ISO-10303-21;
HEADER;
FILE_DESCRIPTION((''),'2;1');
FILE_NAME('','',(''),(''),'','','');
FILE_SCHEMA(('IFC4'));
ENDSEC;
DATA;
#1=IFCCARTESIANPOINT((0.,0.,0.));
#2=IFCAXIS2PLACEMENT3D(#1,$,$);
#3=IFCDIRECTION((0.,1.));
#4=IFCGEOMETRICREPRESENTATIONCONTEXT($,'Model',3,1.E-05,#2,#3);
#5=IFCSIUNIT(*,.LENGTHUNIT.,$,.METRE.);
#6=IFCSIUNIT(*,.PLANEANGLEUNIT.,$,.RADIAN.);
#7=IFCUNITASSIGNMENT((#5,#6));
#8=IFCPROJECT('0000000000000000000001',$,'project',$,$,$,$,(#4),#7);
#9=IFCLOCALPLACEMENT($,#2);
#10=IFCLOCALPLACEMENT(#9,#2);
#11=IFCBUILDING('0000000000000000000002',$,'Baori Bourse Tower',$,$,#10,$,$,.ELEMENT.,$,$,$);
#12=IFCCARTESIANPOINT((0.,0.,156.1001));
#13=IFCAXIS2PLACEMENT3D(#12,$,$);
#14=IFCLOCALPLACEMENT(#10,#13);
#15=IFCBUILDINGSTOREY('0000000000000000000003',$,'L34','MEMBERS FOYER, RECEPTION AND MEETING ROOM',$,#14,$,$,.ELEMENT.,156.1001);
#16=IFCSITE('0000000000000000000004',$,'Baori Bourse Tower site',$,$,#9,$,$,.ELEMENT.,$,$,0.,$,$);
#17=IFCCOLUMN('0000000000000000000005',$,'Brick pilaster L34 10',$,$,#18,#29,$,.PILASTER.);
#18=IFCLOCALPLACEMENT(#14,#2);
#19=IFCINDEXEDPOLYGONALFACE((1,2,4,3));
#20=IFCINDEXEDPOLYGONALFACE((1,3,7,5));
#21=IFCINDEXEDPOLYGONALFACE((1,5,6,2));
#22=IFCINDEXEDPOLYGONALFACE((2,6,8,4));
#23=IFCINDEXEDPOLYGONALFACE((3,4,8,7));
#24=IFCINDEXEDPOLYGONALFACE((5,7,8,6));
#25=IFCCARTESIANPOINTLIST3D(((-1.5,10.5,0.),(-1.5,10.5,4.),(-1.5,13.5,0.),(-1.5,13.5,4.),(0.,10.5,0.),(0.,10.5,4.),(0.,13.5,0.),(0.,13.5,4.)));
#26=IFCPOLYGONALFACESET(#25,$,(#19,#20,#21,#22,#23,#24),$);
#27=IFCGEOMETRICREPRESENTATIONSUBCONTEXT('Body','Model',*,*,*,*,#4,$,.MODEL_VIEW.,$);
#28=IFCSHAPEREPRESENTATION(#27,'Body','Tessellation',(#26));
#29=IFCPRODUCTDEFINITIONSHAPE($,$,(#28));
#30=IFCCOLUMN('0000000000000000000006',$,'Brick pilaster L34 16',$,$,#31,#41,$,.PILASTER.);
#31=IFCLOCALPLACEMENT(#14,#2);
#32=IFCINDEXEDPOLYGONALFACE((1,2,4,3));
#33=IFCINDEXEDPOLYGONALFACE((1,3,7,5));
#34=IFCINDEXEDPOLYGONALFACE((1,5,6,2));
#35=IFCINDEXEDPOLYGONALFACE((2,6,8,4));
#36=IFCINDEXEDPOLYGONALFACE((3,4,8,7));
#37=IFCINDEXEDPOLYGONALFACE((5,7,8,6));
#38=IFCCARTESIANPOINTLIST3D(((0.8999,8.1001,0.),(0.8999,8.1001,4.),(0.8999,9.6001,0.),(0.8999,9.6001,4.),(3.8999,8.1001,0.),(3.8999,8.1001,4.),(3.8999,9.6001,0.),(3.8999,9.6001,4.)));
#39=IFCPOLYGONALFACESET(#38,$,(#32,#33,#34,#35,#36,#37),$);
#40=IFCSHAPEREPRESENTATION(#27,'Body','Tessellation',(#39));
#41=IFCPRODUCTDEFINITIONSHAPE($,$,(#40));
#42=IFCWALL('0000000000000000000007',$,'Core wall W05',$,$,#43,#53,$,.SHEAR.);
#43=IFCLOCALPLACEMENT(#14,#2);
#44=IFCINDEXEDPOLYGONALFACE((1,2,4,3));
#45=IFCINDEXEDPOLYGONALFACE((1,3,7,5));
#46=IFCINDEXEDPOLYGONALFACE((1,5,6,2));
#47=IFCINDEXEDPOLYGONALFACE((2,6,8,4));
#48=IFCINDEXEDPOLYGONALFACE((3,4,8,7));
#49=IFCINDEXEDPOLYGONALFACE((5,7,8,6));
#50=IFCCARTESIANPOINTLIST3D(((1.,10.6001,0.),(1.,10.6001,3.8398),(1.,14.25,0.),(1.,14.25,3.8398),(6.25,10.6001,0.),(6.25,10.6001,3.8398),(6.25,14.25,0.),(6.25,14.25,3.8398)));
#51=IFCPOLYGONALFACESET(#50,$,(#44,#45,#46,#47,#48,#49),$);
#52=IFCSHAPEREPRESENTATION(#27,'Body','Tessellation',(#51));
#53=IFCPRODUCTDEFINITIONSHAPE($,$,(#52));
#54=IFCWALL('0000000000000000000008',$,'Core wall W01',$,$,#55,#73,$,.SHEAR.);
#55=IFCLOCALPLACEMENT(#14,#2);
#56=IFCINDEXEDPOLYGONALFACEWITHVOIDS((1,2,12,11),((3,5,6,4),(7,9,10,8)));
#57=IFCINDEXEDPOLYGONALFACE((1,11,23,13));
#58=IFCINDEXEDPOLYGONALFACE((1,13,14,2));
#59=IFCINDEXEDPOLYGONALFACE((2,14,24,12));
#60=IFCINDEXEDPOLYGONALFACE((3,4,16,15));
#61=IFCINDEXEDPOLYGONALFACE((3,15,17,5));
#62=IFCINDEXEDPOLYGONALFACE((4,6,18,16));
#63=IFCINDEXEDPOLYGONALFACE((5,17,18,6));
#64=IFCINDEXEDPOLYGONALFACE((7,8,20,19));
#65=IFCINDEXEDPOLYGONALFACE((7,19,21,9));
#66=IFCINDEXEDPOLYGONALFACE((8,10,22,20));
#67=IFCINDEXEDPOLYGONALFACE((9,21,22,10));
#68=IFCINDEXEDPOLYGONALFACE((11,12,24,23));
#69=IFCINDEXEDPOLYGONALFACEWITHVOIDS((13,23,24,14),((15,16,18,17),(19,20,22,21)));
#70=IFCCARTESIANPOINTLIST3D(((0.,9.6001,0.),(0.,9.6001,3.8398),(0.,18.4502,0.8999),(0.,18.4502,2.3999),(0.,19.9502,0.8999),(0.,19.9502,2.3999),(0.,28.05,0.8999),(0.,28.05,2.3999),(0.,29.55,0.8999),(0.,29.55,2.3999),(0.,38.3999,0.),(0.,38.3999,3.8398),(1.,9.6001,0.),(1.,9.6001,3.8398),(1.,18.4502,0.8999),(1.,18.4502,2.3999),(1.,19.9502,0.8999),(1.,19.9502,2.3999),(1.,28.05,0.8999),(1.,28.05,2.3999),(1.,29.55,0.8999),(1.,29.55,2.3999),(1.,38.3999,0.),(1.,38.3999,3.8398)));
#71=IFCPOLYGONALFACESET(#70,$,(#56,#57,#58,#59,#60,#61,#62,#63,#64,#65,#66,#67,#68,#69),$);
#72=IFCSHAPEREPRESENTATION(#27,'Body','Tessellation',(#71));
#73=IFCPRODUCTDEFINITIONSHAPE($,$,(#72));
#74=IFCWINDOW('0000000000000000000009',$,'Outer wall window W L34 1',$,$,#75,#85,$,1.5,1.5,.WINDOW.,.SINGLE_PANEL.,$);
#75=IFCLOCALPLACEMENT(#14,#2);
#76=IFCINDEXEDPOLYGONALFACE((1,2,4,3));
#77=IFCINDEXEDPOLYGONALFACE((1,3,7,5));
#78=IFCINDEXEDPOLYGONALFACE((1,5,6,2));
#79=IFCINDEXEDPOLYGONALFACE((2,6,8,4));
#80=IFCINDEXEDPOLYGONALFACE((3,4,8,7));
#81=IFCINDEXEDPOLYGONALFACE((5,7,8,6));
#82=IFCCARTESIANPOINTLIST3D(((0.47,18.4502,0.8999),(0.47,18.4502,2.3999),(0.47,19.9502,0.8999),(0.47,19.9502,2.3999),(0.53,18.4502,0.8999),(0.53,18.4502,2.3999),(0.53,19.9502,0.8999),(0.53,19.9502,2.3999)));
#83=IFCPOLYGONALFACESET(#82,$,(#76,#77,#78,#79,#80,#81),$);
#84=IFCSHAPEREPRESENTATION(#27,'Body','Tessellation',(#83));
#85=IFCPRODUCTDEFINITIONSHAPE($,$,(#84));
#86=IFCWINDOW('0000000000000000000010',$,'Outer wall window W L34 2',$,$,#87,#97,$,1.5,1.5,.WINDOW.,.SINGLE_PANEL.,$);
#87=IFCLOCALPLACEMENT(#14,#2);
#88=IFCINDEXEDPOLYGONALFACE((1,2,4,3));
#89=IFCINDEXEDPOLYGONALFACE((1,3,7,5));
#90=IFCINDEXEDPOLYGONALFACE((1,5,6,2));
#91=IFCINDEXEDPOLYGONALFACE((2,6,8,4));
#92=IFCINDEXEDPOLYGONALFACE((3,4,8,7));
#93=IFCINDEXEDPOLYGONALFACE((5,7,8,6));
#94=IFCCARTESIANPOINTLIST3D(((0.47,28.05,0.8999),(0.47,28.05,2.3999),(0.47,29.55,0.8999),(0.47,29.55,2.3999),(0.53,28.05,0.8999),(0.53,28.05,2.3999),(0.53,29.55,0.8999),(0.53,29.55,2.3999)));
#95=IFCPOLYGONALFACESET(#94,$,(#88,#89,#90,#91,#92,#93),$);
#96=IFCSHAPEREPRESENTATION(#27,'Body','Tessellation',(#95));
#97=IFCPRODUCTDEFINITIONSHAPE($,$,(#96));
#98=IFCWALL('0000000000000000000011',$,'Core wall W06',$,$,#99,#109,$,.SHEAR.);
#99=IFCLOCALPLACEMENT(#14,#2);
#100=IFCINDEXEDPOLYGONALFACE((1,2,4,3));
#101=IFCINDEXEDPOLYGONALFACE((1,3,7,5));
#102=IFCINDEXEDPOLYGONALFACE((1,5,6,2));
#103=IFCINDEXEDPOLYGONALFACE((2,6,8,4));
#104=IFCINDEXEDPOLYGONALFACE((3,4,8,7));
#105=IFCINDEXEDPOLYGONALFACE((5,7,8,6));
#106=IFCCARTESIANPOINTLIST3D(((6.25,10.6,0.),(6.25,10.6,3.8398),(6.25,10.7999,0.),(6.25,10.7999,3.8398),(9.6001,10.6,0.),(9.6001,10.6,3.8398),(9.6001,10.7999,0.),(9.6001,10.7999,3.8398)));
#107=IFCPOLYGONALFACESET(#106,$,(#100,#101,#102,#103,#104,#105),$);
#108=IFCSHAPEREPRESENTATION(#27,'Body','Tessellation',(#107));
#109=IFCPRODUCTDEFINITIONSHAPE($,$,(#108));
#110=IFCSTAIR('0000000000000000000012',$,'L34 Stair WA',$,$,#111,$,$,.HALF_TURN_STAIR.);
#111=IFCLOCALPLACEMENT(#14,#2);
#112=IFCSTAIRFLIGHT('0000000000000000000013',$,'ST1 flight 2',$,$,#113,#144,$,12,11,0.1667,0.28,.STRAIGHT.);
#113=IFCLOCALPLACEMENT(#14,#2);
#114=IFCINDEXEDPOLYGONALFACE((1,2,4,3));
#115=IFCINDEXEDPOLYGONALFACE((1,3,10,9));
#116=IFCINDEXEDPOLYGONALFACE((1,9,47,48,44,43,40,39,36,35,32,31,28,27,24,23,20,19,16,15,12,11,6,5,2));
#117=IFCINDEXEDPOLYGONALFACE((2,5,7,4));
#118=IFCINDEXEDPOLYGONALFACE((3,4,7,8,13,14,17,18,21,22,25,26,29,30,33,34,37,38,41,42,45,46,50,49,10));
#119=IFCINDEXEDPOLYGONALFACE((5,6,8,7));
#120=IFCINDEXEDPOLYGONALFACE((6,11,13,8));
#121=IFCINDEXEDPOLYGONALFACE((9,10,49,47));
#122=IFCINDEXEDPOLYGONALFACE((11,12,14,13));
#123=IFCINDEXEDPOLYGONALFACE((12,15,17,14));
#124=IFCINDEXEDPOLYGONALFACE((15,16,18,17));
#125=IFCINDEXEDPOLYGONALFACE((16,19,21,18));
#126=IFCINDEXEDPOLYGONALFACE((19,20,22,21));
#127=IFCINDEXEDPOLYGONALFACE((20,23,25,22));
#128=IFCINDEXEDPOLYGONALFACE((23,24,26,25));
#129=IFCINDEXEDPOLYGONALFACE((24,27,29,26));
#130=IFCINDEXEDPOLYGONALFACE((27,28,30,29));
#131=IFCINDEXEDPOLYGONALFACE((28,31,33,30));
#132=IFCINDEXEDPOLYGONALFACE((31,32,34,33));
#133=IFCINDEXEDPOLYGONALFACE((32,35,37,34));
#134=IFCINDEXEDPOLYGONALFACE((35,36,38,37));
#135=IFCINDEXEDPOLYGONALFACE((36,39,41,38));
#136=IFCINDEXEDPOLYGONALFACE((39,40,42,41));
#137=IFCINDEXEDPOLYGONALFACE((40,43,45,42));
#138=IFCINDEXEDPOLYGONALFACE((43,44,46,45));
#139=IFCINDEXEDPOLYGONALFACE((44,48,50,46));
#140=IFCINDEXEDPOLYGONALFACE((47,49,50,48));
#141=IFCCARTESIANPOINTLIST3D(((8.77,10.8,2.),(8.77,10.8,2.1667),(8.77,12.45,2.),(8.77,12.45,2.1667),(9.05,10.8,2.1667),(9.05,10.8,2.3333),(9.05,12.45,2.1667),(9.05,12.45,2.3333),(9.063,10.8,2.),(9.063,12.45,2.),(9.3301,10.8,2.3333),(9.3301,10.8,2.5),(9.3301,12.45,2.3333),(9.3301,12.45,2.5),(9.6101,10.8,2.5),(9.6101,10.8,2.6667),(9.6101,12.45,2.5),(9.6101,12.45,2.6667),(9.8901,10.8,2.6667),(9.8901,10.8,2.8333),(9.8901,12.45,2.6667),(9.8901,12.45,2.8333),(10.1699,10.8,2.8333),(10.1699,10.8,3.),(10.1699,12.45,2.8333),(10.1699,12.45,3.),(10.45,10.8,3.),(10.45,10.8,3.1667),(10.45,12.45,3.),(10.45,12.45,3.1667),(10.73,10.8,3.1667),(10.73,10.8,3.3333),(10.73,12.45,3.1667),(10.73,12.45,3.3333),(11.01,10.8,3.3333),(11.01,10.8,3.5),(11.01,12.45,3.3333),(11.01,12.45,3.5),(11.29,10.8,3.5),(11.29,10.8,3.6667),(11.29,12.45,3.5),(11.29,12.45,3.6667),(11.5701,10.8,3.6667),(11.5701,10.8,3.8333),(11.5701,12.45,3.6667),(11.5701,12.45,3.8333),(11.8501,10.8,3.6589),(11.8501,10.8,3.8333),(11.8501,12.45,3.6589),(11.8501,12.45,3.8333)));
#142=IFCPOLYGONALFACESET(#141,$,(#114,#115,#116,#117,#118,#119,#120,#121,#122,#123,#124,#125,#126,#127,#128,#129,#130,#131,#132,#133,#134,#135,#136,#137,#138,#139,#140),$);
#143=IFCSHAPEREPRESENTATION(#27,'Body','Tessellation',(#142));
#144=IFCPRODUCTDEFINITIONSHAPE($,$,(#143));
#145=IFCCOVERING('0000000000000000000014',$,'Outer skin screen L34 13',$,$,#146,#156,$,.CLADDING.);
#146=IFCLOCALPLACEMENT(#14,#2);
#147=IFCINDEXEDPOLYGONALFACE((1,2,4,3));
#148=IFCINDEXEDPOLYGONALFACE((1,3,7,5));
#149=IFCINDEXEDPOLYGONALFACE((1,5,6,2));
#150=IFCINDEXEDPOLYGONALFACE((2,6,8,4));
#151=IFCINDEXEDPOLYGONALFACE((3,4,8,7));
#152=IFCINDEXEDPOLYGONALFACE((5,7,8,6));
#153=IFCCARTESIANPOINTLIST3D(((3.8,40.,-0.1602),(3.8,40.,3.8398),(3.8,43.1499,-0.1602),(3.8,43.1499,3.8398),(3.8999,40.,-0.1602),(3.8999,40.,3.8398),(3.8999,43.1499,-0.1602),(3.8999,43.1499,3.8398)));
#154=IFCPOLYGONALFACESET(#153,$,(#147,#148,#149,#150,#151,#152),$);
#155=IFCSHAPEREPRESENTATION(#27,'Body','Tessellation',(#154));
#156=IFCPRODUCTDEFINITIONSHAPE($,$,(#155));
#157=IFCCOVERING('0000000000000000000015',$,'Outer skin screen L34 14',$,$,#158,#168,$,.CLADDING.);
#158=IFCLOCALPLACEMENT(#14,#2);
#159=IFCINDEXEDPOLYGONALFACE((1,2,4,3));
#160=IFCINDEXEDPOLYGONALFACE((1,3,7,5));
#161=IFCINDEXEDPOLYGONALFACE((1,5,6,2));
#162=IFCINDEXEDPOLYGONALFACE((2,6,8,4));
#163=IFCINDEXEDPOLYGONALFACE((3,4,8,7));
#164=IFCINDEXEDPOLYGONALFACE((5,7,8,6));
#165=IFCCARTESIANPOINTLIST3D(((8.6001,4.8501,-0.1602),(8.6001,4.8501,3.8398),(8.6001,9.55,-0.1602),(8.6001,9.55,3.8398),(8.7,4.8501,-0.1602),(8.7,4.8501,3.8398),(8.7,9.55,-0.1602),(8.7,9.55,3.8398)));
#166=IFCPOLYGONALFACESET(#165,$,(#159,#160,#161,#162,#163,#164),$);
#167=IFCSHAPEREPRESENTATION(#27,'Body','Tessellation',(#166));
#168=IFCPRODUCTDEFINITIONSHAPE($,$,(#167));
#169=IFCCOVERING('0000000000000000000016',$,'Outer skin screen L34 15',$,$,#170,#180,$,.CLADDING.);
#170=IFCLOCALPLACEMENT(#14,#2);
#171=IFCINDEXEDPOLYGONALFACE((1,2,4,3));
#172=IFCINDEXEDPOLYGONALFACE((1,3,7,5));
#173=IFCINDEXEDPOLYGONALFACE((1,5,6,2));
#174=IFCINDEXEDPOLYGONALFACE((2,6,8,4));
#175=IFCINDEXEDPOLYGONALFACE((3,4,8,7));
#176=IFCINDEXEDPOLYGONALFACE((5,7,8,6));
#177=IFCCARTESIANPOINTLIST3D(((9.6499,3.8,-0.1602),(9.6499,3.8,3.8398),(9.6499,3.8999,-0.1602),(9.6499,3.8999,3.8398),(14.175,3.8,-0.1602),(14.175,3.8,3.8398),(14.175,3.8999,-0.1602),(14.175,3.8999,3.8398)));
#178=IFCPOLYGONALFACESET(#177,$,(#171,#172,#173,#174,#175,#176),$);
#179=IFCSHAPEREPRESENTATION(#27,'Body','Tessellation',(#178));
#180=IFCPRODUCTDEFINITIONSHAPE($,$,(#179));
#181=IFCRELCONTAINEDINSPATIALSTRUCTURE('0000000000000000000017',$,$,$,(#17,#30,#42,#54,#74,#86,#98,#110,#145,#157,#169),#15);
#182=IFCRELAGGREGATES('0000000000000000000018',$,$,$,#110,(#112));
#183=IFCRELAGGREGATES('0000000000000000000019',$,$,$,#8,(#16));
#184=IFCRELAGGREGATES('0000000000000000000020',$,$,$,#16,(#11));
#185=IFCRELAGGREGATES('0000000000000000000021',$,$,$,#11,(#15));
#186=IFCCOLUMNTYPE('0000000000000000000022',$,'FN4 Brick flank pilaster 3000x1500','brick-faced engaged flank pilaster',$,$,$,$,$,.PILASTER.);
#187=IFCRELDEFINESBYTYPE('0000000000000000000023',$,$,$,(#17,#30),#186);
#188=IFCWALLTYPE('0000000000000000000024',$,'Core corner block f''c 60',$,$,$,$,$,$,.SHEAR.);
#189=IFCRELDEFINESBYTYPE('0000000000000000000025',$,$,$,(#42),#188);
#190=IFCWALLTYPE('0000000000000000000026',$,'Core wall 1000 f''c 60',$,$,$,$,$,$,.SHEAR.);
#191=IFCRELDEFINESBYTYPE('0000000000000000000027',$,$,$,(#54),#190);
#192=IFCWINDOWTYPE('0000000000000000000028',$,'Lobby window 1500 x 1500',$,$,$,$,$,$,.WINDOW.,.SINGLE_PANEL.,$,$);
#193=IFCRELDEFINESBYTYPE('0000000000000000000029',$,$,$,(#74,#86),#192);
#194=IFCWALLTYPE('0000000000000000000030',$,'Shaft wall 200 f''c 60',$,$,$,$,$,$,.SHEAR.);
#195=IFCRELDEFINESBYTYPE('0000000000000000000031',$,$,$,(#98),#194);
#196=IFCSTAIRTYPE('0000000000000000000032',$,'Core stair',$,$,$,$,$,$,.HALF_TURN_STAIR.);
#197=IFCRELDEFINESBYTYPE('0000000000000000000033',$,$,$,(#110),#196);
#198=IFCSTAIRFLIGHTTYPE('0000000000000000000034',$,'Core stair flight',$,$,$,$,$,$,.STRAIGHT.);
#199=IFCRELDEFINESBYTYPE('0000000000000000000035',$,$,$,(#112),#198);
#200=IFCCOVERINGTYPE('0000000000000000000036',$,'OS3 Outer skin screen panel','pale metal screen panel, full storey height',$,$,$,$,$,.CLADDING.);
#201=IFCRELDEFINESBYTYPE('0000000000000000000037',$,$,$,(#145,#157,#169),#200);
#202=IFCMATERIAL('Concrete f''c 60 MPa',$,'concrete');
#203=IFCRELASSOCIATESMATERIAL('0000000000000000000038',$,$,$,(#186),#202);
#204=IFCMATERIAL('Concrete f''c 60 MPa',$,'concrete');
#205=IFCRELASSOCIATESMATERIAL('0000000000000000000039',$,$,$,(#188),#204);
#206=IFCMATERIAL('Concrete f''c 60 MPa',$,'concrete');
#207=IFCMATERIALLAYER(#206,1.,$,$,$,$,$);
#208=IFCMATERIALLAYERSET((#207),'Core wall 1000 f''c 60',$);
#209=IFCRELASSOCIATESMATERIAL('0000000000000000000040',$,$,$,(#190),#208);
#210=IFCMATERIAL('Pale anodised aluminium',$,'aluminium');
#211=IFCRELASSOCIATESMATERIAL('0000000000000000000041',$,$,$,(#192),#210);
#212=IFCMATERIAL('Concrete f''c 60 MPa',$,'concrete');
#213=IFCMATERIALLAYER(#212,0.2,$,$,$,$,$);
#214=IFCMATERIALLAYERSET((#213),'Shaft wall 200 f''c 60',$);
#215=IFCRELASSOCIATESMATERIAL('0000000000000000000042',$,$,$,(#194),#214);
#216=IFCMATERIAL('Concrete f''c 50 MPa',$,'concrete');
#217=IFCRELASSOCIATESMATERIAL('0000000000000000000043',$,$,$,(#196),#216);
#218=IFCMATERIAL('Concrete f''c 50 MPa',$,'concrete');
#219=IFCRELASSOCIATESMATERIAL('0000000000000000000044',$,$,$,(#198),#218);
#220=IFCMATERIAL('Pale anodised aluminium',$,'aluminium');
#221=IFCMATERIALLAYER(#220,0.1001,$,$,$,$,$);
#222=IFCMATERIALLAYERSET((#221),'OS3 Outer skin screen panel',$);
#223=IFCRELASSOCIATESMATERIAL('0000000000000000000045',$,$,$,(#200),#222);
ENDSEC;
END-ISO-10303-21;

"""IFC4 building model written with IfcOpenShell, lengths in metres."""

from ifc_helpers import new_model, si_unit, direction, frame, frame_2d, origin, origin_2d, place, context, subcontext, project, spatial, polyline, rectangle, outline, extrude, material, layer, layer_set, material_profile, profile_set, type_object, element, fill, aggregate, save


model = new_model("IFC4")

# Units and contexts
model_context = context("Model", 3, precision=1e-05, world=origin(), true_north=direction((0.0, 1.0)))
body_context = subcontext(model_context, "Body", "Model", "MODEL_VIEW")
ifc_project = project(units=[si_unit("LENGTHUNIT", "METRE"), si_unit("PLANEANGLEUNIT", "RADIAN")], contexts=[model_context])

# Site, building, storey
site_placement = place(None, origin())
site = spatial("IfcSite", under=ifc_project, at=site_placement, Name="Baori Bourse Tower site", CompositionType="ELEMENT", RefElevation=0.0)
building_placement = place(site_placement, origin())
building = spatial("IfcBuilding", under=site, at=building_placement, Name="Baori Bourse Tower", CompositionType="ELEMENT")
storey_placement = place(building_placement, frame((0.0, 0.0, 156.1001)))
storey = spatial("IfcBuildingStorey", under=building, at=storey_placement, Name="L34", Description="MEMBERS FOYER, RECEPTION AND MEETING ROOM", CompositionType="ELEMENT", Elevation=156.1001)

# Columns
ifc_material_1 = material(Name="Concrete f'c 60 MPa", Category="concrete")
ifc_material_profile = material_profile(ifc_material_1, rectangle(XDim=3.0, YDim=1.5, at=origin_2d()), Name="RC 3000x1500")
ifc_profile_set = profile_set([ifc_material_profile], Name="Concrete f'c 60 MPa")
column_type = type_object("IfcColumnType", Name="FN4 Brick flank pilaster 3000x1500", Description="brick-faced engaged flank pilaster", PredefinedType="PILASTER", material=ifc_profile_set)
for number, where, z_axis, x_axis, name in (
    (1, (-0.75, 12.0, 0.0), (0.0, 0.0, 1.0), (0.0, 1.0, 0.0), "Brick pilaster L34 10"),
    (2, (2.3999, 8.8501, 0.0), (0.0, 0.0, 1.0), (1.0, 0.0, 0.0), "Brick pilaster L34 16"),
):
    element("IfcColumn", number, at=place(storey_placement, frame(where, z_axis=z_axis, x_axis=x_axis)), inside=storey, type_object=column_type, Name=name, PredefinedType="PILASTER", context=body_context, shape_type="SweptSolid", body=[
        extrude(rectangle(XDim=3.0, YDim=1.5, at=origin_2d()), origin(), (0.0, 0.0, 1.0), 4.0),
    ])

# Wall
ifc_material_2 = material(Name="Concrete f'c 60 MPa", Category="concrete")
wall_type_1 = type_object("IfcWallType", Name="Core corner block f'c 60", PredefinedType="SHEAR", material=ifc_material_2)
wall_1_placement = place(storey_placement, frame((1.0, 12.425, 0.0), z_axis=(0.0, 0.0, 1.0), x_axis=(1.0, 0.0, 0.0)))
element("IfcWall", 3, at=wall_1_placement, inside=storey, type_object=wall_type_1, Name="Core wall W05", PredefinedType="SHEAR", context=body_context, shape_type="SweptSolid", body=[
    extrude(rectangle(XDim=5.25, YDim=3.6499, at=frame_2d((2.625, 0.0))), origin(), (0.0, 0.0, 1.0), 3.8398),
])

# Wall, openings, windows
ifc_material_3 = material(Name="Concrete f'c 60 MPa", Category="concrete")
ifc_layer_1 = layer(ifc_material_3, 1.0)
ifc_layer_set_1 = layer_set([ifc_layer_1], Name="Core wall 1000 f'c 60")
wall_type_2 = type_object("IfcWallType", Name="Core wall 1000 f'c 60", PredefinedType="SHEAR", material=ifc_layer_set_1)
wall_2_placement = place(storey_placement, frame((0.5, 9.6001, 0.0), z_axis=(0.0, 0.0, 1.0), x_axis=(0.0, 1.0, 0.0)))
wall_2 = element("IfcWall", 4, at=wall_2_placement, inside=storey, type_object=wall_type_2, Name="Core wall W01", PredefinedType="SHEAR", context=body_context, shape_type="SweptSolid", body=[
    extrude(rectangle(XDim=28.7998, YDim=1.0, at=frame_2d((14.3999, 0.0))), origin(), (0.0, 0.0, 1.0), 3.8398),
])
opening_1_placement = place(wall_2_placement, frame((8.8501, 0.0, 0.8999)))
opening_1 = element("IfcOpeningElement", 5, at=opening_1_placement, cuts=wall_2, PredefinedType="OPENING", context=body_context, shape_type="SweptSolid", body=[
    extrude(rectangle(XDim=1.5, YDim=1.5, at=frame_2d((0.75, 0.75))), frame((0.0, 0.51, 0.0), z_axis=(0.0, -1.0, 0.0), x_axis=(1.0, 0.0, 0.0)), (0.0, 0.0, 1.0), 1.02),
])
opening_2_placement = place(wall_2_placement, frame((18.45, 0.0, 0.8999)))
opening_2 = element("IfcOpeningElement", 6, at=opening_2_placement, cuts=wall_2, PredefinedType="OPENING", context=body_context, shape_type="SweptSolid", body=[
    extrude(rectangle(XDim=1.5, YDim=1.5, at=frame_2d((0.75, 0.75))), frame((0.0, 0.51, 0.0), z_axis=(0.0, -1.0, 0.0), x_axis=(1.0, 0.0, 0.0)), (0.0, 0.0, 1.0), 1.02),
])
ifc_material_4 = material(Name="Pale anodised aluminium", Category="aluminium")
window_type = type_object("IfcWindowType", Name="Lobby window 1500 x 1500", PartitioningType="SINGLE_PANEL", PredefinedType="WINDOW", material=ifc_material_4)
window_1_placement = place(opening_1_placement, origin())
window_1 = element("IfcWindow", 7, at=window_1_placement, inside=storey, type_object=window_type, Name="Outer wall window W L34 1", OverallHeight=1.5, OverallWidth=1.5, PartitioningType="SINGLE_PANEL", PredefinedType="WINDOW", context=body_context, shape_type="SweptSolid", body=[
    extrude(rectangle(XDim=1.5, YDim=1.5, at=frame_2d((0.75, 0.75))), frame((0.0, 0.03, 0.0), z_axis=(0.0, -1.0, 0.0), x_axis=(1.0, 0.0, 0.0)), (0.0, 0.0, 1.0), 0.0601),
])
fill(opening_1, window_1)
window_2_placement = place(opening_2_placement, origin())
window_2 = element("IfcWindow", 8, at=window_2_placement, inside=storey, type_object=window_type, Name="Outer wall window W L34 2", OverallHeight=1.5, OverallWidth=1.5, PartitioningType="SINGLE_PANEL", PredefinedType="WINDOW", context=body_context, shape_type="SweptSolid", body=[
    extrude(rectangle(XDim=1.5, YDim=1.5, at=frame_2d((0.75, 0.75))), frame((0.0, 0.03, 0.0), z_axis=(0.0, -1.0, 0.0), x_axis=(1.0, 0.0, 0.0)), (0.0, 0.0, 1.0), 0.0601),
])
fill(opening_2, window_2)

# Wall
ifc_material_5 = material(Name="Concrete f'c 60 MPa", Category="concrete")
ifc_layer_2 = layer(ifc_material_5, 0.2)
ifc_layer_set_2 = layer_set([ifc_layer_2], Name="Shaft wall 200 f'c 60")
wall_type_3 = type_object("IfcWallType", Name="Shaft wall 200 f'c 60", PredefinedType="SHEAR", material=ifc_layer_set_2)
wall_3_placement = place(storey_placement, frame((6.25, 10.7, 0.0), z_axis=(0.0, 0.0, 1.0), x_axis=(1.0, 0.0, 0.0)))
element("IfcWall", 9, at=wall_3_placement, inside=storey, type_object=wall_type_3, Name="Core wall W06", PredefinedType="SHEAR", context=body_context, shape_type="SweptSolid", body=[
    extrude(rectangle(XDim=3.3501, YDim=0.2, at=frame_2d((1.675, 0.0))), origin(), (0.0, 0.0, 1.0), 3.8398),
])

# Stair, stair flight
ifc_material_6 = material(Name="Concrete f'c 50 MPa", Category="concrete")
stair_type = type_object("IfcStairType", Name="Core stair", PredefinedType="HALF_TURN_STAIR", material=ifc_material_6)
stair_placement = place(storey_placement, origin())
stair = element("IfcStair", 10, at=stair_placement, inside=storey, type_object=stair_type, Name="L34 Stair WA", PredefinedType="HALF_TURN_STAIR")
ifc_material_7 = material(Name="Concrete f'c 50 MPa", Category="concrete")
stair_flight_type = type_object("IfcStairFlightType", Name="Core stair flight", PredefinedType="STRAIGHT", material=ifc_material_7)
stair_flight_placement = place(storey_placement, frame((8.77, 11.625, 2.0), z_axis=(0.0, 0.0, 1.0), x_axis=(1.0, 0.0, 0.0)))
stair_flight = element("IfcStairFlight", 11, at=stair_flight_placement, type_object=stair_flight_type, Name="ST1 flight 2", NumberOfRisers=12, NumberOfTreads=11, PredefinedType="STRAIGHT", RiserHeight=0.1667, TreadLength=0.28, context=body_context, shape_type="SweptSolid", body=[
    extrude(outline(polyline([(0.0, 0.0), (0.0, 0.1667), (0.28, 0.1667), (0.28, 0.3333), (0.5601, 0.3333), (0.5601, 0.5), (0.8401, 0.5), (0.8401, 0.6667), (1.1201, 0.6667), (1.1201, 0.8333), (1.3999, 0.8333), (1.3999, 1.0), (1.6799, 1.0), (1.6799, 1.1667), (1.96, 1.1667), (1.96, 1.3333), (2.24, 1.3333), (2.24, 1.5), (2.52, 1.5), (2.52, 1.6667), (2.8, 1.6667), (2.8, 1.8333), (3.0801, 1.8333), (3.0801, 2.0), (3.0801, 1.6589), (0.293, 0.0), (0.0, 0.0)])), frame((0.0, 0.825, 0.0), z_axis=(0.0, -1.0, 0.0), x_axis=(1.0, 0.0, 0.0)), (0.0, 0.0, 1.0), 1.6499),
])
aggregate(stair, [stair_flight])

# Coverings
ifc_material_8 = material(Name="Pale anodised aluminium", Category="aluminium")
ifc_layer_3 = layer(ifc_material_8, 0.1001)
ifc_layer_set_3 = layer_set([ifc_layer_3], Name="OS3 Outer skin screen panel")
covering_type = type_object("IfcCoveringType", Name="OS3 Outer skin screen panel", Description="pale metal screen panel, full storey height", PredefinedType="CLADDING", material=ifc_layer_set_3)
covering_1_placement = place(storey_placement, frame((0.0, 0.0, -0.1602)))
element("IfcCovering", 12, at=covering_1_placement, inside=storey, type_object=covering_type, Name="Outer skin screen L34 13", PredefinedType="CLADDING", context=body_context, shape_type="SweptSolid", body=[
    extrude(outline(polyline([(3.8999, 40.0), (3.8999, 43.1499), (3.8, 43.1499), (3.8, 40.0), (3.8999, 40.0), (3.8999, 40.0)])), origin(), (0.0, 0.0, 1.0), 4.0),
])
covering_2_placement = place(storey_placement, frame((0.0, 0.0, -0.1602)))
element("IfcCovering", 13, at=covering_2_placement, inside=storey, type_object=covering_type, Name="Outer skin screen L34 14", PredefinedType="CLADDING", context=body_context, shape_type="SweptSolid", body=[
    extrude(outline(polyline([(8.7, 4.8501), (8.7, 9.55), (8.6001, 9.55), (8.6001, 4.8501), (8.7, 4.8501)])), origin(), (0.0, 0.0, 1.0), 4.0),
])
covering_3_placement = place(storey_placement, frame((0.0, 0.0, -0.1602)))
element("IfcCovering", 14, at=covering_3_placement, inside=storey, type_object=covering_type, Name="Outer skin screen L34 15", PredefinedType="CLADDING", context=body_context, shape_type="SweptSolid", body=[
    extrude(outline(polyline([(14.175, 3.8999), (9.6499, 3.8999), (9.6499, 3.8), (14.175, 3.8), (14.175, 3.8999)])), origin(), (0.0, 0.0, 1.0), 4.0),
])

save(model, "model.ifc")
